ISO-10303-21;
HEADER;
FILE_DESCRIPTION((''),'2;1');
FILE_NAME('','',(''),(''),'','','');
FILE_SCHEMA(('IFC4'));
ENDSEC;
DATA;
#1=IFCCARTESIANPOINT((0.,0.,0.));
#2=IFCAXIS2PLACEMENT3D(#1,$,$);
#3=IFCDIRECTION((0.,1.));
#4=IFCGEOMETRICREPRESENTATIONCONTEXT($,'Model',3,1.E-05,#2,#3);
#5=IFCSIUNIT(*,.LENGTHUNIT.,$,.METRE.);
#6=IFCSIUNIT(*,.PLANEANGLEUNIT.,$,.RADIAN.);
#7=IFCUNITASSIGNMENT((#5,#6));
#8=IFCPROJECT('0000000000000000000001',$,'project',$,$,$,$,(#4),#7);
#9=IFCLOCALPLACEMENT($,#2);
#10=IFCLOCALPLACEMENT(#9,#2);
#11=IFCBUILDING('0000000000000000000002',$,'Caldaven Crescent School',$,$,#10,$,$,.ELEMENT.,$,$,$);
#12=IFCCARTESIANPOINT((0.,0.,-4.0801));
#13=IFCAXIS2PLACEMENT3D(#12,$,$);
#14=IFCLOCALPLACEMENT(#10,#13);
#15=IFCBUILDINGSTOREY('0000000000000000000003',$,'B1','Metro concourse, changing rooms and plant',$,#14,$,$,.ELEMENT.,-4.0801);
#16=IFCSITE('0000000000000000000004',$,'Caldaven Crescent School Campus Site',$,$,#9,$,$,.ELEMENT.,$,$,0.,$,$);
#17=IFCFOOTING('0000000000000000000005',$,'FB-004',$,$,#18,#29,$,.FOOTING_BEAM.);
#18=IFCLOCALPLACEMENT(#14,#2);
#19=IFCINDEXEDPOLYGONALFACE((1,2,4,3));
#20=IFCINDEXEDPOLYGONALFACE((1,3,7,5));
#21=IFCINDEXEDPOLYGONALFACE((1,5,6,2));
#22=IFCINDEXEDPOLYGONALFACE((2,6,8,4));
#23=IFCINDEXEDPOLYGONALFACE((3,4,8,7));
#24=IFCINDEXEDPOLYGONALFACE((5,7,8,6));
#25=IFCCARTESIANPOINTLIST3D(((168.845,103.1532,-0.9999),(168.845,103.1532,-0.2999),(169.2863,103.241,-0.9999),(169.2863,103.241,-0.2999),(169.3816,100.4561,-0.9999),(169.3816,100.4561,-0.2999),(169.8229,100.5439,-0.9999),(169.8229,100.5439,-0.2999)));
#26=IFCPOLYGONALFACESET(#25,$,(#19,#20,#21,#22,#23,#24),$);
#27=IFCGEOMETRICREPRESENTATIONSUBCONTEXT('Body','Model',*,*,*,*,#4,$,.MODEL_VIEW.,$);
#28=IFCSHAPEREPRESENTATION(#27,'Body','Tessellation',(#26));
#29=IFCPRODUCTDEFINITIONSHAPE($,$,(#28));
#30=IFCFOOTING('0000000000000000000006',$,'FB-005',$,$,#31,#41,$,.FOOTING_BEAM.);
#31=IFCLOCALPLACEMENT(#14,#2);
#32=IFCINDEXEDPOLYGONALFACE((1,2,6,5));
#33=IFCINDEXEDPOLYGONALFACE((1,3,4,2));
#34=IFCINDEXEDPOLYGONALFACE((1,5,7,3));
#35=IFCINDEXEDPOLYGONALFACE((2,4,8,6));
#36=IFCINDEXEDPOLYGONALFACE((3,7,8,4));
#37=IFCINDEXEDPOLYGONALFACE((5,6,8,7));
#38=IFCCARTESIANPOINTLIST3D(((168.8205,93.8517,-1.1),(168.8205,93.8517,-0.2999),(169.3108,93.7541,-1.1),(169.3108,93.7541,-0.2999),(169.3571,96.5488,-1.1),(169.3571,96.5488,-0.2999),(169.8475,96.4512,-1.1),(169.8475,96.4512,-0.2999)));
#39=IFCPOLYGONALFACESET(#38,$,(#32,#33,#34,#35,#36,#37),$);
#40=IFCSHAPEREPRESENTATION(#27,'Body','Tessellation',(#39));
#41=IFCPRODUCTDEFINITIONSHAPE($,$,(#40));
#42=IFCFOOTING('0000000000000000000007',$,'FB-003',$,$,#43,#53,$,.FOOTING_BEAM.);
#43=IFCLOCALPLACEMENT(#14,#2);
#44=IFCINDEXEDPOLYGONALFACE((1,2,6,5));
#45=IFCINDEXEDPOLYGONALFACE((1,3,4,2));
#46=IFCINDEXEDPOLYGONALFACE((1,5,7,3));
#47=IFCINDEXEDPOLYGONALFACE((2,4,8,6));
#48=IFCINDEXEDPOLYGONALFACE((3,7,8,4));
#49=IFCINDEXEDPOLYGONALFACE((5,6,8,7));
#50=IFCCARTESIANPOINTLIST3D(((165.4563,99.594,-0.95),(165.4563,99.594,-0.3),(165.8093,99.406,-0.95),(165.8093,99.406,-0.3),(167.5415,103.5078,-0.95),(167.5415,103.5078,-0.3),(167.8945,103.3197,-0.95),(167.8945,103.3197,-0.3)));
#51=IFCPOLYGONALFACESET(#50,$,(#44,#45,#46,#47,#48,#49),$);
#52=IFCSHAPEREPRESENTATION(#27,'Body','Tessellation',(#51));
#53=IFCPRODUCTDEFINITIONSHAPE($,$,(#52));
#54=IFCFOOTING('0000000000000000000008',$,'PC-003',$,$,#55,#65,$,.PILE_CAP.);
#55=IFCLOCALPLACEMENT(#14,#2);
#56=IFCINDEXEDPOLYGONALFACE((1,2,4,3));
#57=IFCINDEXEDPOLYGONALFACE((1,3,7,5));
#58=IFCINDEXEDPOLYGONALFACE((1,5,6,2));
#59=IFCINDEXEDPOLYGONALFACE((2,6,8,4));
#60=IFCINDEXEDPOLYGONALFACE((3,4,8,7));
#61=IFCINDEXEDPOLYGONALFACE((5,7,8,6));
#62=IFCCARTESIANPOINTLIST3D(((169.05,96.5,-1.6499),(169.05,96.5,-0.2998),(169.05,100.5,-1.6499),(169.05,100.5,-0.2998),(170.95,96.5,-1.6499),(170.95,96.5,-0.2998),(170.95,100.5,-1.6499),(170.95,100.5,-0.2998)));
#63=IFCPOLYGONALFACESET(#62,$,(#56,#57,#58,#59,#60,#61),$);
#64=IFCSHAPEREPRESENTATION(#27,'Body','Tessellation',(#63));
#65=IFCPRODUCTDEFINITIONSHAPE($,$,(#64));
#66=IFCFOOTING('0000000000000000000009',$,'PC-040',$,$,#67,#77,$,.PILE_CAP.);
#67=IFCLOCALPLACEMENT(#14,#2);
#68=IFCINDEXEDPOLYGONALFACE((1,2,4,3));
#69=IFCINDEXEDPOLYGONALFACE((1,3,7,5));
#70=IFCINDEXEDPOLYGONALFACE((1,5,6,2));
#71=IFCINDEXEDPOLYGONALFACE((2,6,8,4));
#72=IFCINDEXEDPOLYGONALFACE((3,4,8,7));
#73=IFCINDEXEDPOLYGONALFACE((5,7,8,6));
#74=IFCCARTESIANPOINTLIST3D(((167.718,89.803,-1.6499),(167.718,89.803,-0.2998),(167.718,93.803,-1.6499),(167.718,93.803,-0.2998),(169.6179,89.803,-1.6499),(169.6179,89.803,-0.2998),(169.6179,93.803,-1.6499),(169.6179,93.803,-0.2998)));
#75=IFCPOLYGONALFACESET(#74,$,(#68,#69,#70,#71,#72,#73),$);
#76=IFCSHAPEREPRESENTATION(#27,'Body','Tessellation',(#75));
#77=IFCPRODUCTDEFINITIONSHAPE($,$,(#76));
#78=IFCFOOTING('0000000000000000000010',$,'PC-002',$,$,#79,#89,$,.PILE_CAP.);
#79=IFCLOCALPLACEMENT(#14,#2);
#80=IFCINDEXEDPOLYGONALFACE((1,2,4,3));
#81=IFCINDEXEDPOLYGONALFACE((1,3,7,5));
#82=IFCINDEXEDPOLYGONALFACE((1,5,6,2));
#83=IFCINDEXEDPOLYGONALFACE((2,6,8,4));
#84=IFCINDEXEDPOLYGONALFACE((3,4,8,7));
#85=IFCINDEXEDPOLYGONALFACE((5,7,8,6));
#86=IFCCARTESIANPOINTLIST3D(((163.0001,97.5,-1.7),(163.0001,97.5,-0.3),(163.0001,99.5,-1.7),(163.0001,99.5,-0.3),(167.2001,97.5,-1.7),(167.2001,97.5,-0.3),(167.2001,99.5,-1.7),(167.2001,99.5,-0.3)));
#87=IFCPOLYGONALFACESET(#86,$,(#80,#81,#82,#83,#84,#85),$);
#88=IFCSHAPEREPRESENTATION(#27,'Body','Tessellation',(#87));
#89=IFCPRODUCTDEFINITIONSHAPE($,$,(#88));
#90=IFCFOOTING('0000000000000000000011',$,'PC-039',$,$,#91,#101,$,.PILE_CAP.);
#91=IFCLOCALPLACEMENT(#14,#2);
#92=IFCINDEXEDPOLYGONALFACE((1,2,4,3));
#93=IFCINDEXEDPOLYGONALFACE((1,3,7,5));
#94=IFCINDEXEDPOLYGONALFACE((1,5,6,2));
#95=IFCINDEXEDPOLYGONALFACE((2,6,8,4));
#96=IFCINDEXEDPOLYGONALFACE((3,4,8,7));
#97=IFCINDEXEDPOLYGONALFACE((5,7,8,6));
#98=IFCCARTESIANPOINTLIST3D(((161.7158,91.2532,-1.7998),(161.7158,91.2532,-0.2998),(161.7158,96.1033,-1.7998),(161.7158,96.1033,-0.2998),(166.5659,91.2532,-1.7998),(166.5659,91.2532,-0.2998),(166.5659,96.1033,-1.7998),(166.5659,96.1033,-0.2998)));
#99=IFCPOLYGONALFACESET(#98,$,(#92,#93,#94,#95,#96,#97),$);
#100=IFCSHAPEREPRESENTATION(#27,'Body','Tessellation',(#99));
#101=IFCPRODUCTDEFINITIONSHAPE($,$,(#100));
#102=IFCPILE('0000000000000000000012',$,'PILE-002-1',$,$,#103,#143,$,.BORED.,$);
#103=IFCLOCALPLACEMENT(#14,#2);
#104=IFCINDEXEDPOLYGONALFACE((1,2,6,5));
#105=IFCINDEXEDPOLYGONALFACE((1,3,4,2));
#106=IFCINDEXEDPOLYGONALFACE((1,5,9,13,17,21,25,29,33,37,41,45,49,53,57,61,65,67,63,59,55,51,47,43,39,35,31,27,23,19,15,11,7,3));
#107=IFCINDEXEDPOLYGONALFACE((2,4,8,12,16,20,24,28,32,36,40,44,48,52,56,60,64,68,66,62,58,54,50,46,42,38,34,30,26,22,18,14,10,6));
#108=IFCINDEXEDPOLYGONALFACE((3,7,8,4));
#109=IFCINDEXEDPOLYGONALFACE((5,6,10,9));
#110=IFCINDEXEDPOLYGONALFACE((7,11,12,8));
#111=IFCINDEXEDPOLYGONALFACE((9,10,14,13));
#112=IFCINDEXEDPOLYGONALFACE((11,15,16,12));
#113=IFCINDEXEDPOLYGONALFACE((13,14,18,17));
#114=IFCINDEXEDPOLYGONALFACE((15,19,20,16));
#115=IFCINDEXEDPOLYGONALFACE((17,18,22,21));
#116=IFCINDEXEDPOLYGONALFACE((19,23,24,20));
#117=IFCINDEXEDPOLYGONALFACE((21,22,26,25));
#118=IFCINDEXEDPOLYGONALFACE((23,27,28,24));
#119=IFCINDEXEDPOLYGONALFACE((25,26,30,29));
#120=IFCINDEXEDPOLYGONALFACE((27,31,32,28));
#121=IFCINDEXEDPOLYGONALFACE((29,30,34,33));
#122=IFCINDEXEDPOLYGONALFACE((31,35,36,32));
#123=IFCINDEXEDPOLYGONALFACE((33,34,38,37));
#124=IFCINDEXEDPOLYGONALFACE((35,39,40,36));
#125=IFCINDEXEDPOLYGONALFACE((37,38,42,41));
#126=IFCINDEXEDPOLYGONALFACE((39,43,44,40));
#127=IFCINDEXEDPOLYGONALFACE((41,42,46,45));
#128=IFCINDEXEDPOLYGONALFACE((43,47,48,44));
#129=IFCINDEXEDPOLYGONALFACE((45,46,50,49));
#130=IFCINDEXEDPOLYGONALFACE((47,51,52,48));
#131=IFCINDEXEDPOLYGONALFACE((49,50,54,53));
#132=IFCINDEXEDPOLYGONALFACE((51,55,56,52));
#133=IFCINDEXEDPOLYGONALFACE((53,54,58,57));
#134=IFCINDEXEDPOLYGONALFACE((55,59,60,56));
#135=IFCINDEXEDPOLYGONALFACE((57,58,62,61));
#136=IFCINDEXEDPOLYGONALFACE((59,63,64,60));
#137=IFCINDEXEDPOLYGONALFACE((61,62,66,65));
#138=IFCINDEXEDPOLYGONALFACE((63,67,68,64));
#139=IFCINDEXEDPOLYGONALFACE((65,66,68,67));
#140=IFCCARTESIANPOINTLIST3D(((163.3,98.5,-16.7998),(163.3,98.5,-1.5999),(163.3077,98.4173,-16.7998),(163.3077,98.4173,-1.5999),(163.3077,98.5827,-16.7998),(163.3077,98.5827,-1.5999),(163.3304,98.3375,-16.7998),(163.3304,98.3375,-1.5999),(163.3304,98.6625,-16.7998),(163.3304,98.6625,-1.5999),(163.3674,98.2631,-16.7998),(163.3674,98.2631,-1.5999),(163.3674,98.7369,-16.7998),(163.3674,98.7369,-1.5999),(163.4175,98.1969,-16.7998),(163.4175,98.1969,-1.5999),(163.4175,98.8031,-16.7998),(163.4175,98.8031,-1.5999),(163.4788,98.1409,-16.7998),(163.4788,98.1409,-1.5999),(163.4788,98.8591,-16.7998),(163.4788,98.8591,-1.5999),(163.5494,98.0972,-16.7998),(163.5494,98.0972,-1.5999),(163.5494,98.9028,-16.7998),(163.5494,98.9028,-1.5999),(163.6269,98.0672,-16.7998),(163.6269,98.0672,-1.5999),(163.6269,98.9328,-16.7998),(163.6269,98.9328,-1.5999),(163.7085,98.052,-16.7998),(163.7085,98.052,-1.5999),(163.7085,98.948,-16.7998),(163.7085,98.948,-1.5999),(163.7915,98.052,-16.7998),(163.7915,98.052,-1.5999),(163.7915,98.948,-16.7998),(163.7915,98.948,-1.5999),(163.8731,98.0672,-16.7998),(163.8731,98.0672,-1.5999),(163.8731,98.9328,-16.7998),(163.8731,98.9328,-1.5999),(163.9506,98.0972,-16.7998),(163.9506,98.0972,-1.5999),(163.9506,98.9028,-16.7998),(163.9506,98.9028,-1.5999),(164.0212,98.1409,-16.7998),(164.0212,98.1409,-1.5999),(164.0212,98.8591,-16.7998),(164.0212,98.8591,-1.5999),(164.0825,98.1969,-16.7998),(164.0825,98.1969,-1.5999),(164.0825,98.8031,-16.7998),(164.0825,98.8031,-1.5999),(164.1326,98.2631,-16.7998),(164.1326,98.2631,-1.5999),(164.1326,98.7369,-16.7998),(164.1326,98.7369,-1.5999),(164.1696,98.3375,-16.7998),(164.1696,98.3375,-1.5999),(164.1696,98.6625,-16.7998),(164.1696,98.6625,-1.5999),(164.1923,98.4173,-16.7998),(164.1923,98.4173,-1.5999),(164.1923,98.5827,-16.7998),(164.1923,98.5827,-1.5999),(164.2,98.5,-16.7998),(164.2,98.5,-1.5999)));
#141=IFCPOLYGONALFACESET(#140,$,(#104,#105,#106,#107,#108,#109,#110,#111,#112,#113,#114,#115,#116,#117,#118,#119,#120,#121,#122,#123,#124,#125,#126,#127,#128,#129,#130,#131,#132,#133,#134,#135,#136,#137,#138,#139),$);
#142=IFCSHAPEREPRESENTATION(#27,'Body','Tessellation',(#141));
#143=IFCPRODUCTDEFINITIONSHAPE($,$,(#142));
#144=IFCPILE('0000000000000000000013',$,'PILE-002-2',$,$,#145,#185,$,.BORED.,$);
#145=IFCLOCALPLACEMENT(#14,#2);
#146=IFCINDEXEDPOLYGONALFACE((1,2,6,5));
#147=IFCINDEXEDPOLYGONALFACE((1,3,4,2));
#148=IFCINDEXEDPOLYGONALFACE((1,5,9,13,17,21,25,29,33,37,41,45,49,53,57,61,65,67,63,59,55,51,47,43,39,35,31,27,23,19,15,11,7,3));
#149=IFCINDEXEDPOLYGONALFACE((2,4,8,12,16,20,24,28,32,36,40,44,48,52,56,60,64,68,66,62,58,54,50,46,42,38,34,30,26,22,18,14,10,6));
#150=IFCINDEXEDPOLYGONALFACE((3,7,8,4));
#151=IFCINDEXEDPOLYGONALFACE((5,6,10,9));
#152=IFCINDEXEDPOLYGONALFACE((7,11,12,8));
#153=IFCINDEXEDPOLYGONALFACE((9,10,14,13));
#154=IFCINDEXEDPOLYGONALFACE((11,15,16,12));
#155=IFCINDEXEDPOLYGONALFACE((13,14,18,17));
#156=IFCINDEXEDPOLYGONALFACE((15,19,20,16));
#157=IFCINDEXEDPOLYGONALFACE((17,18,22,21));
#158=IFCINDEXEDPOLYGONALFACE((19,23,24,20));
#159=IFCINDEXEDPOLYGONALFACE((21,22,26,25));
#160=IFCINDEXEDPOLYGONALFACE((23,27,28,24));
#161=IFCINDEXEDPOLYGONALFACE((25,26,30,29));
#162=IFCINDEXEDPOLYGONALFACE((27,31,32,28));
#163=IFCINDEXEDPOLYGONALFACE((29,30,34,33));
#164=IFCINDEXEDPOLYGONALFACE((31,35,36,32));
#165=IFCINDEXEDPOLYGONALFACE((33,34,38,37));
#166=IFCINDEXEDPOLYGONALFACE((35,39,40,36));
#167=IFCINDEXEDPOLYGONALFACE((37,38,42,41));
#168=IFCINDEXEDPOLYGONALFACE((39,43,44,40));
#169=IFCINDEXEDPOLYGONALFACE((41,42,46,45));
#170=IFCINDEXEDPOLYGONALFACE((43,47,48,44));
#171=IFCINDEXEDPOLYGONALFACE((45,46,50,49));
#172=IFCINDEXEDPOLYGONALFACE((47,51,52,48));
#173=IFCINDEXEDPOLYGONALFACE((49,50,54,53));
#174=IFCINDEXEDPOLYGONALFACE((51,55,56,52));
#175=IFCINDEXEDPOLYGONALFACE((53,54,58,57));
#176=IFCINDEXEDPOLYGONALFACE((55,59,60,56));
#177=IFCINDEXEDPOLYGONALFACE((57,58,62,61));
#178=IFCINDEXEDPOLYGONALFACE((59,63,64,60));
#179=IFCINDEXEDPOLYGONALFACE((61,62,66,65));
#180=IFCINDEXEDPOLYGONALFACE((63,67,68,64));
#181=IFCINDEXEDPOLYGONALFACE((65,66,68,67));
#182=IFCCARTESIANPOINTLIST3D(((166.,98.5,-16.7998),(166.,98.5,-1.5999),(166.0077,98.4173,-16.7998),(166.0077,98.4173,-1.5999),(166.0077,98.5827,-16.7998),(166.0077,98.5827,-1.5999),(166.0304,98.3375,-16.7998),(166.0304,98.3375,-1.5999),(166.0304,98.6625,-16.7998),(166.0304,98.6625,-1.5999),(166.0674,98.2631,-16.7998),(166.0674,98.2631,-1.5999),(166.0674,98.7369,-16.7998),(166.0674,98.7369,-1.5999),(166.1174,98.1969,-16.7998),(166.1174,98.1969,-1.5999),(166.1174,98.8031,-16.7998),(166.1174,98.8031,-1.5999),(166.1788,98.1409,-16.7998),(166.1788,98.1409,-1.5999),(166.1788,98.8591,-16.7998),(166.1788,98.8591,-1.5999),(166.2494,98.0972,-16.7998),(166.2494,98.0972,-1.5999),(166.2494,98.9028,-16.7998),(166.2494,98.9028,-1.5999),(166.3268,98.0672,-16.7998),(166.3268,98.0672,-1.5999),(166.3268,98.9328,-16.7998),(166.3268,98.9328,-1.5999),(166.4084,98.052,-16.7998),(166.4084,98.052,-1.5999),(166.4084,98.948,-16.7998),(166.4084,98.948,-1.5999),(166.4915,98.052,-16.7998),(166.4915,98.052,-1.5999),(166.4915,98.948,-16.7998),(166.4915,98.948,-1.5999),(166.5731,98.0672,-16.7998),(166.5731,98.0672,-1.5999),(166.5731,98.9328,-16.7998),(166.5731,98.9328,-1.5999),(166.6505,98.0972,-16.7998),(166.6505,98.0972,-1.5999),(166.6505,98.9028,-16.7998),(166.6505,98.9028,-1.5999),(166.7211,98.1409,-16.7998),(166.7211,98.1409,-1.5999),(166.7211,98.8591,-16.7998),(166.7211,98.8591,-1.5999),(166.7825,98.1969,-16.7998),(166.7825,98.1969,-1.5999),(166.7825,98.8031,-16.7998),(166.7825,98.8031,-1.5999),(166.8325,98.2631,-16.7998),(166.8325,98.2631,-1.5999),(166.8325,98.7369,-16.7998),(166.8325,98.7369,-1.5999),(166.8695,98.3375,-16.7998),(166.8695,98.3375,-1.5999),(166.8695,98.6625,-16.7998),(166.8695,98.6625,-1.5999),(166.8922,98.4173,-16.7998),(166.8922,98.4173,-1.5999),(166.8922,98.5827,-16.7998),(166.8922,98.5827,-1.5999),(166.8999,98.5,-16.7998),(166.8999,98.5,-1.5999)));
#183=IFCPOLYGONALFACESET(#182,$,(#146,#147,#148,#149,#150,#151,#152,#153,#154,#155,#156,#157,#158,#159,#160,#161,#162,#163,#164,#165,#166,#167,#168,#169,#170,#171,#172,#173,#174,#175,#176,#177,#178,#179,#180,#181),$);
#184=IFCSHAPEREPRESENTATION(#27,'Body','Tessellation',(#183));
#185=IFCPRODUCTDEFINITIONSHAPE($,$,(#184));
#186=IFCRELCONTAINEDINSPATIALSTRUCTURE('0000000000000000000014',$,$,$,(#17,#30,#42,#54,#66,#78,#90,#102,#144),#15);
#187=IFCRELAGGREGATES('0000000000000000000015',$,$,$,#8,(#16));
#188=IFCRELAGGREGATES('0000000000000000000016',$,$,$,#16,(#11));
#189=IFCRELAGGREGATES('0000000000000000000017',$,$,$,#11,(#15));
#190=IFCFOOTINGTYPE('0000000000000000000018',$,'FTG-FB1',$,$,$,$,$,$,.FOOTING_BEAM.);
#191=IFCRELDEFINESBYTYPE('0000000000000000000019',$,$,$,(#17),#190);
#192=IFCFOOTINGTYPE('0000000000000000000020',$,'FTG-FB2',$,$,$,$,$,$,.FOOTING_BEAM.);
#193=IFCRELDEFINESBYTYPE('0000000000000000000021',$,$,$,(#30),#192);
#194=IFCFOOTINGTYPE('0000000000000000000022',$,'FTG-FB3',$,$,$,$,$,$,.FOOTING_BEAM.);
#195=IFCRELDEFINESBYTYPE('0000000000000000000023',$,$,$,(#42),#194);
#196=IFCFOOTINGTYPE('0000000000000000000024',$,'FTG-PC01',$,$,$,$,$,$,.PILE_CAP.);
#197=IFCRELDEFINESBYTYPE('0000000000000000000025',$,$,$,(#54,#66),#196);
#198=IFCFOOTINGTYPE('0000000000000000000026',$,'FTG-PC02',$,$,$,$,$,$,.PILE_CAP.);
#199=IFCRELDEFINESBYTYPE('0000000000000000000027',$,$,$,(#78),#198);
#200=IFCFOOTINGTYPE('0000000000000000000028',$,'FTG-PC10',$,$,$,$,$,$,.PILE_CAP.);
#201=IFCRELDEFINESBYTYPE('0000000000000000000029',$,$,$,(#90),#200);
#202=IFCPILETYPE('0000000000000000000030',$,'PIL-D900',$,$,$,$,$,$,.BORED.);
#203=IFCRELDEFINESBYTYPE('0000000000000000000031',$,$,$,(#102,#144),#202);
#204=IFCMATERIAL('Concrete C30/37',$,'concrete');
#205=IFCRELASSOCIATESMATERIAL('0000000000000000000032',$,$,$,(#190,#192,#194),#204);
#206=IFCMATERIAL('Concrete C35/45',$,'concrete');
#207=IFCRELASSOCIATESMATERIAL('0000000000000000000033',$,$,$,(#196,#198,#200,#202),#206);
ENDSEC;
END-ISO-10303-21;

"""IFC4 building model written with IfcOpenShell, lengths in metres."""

from ifc_helpers import new_model, si_unit, direction, frame, origin, origin_2d, place, context, subcontext, project, spatial, rectangle, circle, extrude, material, material_profile, profile_set, type_object, element, save


model = new_model("IFC4")

# Units and contexts
model_context = context("Model", 3, precision=1e-05, world=origin(), true_north=direction((0.0, 1.0)))
body_context = subcontext(model_context, "Body", "Model", "MODEL_VIEW")
ifc_project = project(units=[si_unit("LENGTHUNIT", "METRE"), si_unit("PLANEANGLEUNIT", "RADIAN")], contexts=[model_context])

# Site, building, storey
site_placement = place(None, origin())
site = spatial("IfcSite", under=ifc_project, at=site_placement, Name="Caldaven Crescent School Campus Site", CompositionType="ELEMENT", RefElevation=0.0)
building_placement = place(site_placement, origin())
building = spatial("IfcBuilding", under=site, at=building_placement, Name="Caldaven Crescent School", CompositionType="ELEMENT")
storey_placement = place(building_placement, frame((0.0, 0.0, -4.0801)))
storey = spatial("IfcBuildingStorey", under=building, at=storey_placement, Name="B1", Description="Metro concourse, changing rooms and plant", CompositionType="ELEMENT", Elevation=-4.0801)

# Footings
ifc_material_1 = material(Name="Concrete C30/37", Category="concrete")
ifc_material_profile_1 = material_profile(ifc_material_1, rectangle(XDim=0.45, YDim=0.7, at=origin_2d()), Name="FB 450x700")
ifc_profile_set_1 = profile_set([ifc_material_profile_1], Name="Concrete C30/37")
footing_type_1 = type_object("IfcFootingType", Name="FTG-FB1", PredefinedType="FOOTING_BEAM", material=ifc_profile_set_1)
footing_1_placement = place(storey_placement, frame((169.6023, 100.5, -0.6499), z_axis=(-0.195143, 0.980775, 0.0), x_axis=(-0.980775, -0.195143, 0.0)))
element("IfcFooting", 1, at=footing_1_placement, inside=storey, type_object=footing_type_1, Name="FB-004", PredefinedType="FOOTING_BEAM", context=body_context, shape_type="SweptSolid", body=[
    extrude(rectangle(XDim=0.45, YDim=0.7, at=origin_2d()), origin(), (0.0, 0.0, 1.0), 2.75),
])
ifc_material_profile_2 = material_profile(ifc_material_1, rectangle(XDim=0.5, YDim=0.8, at=origin_2d()), Name="FB 500x800")
ifc_profile_set_2 = profile_set([ifc_material_profile_2], Name="Concrete C30/37")
footing_type_2 = type_object("IfcFootingType", Name="FTG-FB2", PredefinedType="FOOTING_BEAM", material=ifc_profile_set_2)
footing_2_placement = place(storey_placement, frame((169.6023, 96.5, -0.7), z_axis=(-0.195143, -0.980775, 0.0), x_axis=(0.980775, -0.195143, 0.0)))
element("IfcFooting", 2, at=footing_2_placement, inside=storey, type_object=footing_type_2, Name="FB-005", PredefinedType="FOOTING_BEAM", context=body_context, shape_type="SweptSolid", body=[
    extrude(rectangle(XDim=0.5, YDim=0.8, at=origin_2d()), origin(), (0.0, 0.0, 1.0), 2.75),
])
ifc_material_profile_3 = material_profile(ifc_material_1, rectangle(XDim=0.3999, YDim=0.6499, at=origin_2d()), Name="FB 400x650")
ifc_profile_set_3 = profile_set([ifc_material_profile_3], Name="Concrete C30/37")
footing_type_3 = type_object("IfcFootingType", Name="FTG-FB3", PredefinedType="FOOTING_BEAM", material=ifc_profile_set_3)
footing_3_placement = place(storey_placement, frame((165.6328, 99.5, -0.625), z_axis=(0.470208, 0.882556, 0.0), x_axis=(-0.882556, 0.470208, 0.0)))
element("IfcFooting", 3, at=footing_3_placement, inside=storey, type_object=footing_type_3, Name="FB-003", PredefinedType="FOOTING_BEAM", context=body_context, shape_type="SweptSolid", body=[
    extrude(rectangle(XDim=0.3999, YDim=0.6499, at=origin_2d()), origin(), (0.0, 0.0, 1.0), 4.4346),
])
ifc_material_2 = material(Name="Concrete C35/45", Category="concrete")
footing_type_4 = type_object("IfcFootingType", Name="FTG-PC01", PredefinedType="PILE_CAP", material=ifc_material_2)
for number, where, z_axis, x_axis, name in (
    (4, (170.0, 98.5, -1.6499), (0.0, 0.0, 1.0), (0.0, 1.0, 0.0), "PC-003"),
    (5, (168.668, 91.803, -1.6499), (0.0, 0.0, 1.0), (0.0, 1.0, 0.0), "PC-040"),
):
    element("IfcFooting", number, at=place(storey_placement, frame(where, z_axis=z_axis, x_axis=x_axis)), inside=storey, type_object=footing_type_4, Name=name, PredefinedType="PILE_CAP", context=body_context, shape_type="SweptSolid", body=[
        extrude(rectangle(XDim=4.0, YDim=1.8999, at=origin_2d()), origin(), (0.0, 0.0, 1.0), 1.3501),
    ])
footing_type_5 = type_object("IfcFootingType", Name="FTG-PC02", PredefinedType="PILE_CAP", material=ifc_material_2)
footing_4_placement = place(storey_placement, frame((165.1001, 98.5, -1.7), z_axis=(0.0, 0.0, 1.0), x_axis=(1.0, 0.0, 0.0)))
element("IfcFooting", 6, at=footing_4_placement, inside=storey, type_object=footing_type_5, Name="PC-002", PredefinedType="PILE_CAP", context=body_context, shape_type="SweptSolid", body=[
    extrude(rectangle(XDim=4.2, YDim=2.0, at=origin_2d()), origin(), (0.0, 0.0, 1.0), 1.3999),
])
footing_type_6 = type_object("IfcFootingType", Name="FTG-PC10", PredefinedType="PILE_CAP", material=ifc_material_2)
footing_5_placement = place(storey_placement, frame((164.1409, 93.6782, -1.7998), z_axis=(0.0, 0.0, 1.0), x_axis=(1.0, 0.0, 0.0)))
element("IfcFooting", 7, at=footing_5_placement, inside=storey, type_object=footing_type_6, Name="PC-039", PredefinedType="PILE_CAP", context=body_context, shape_type="SweptSolid", body=[
    extrude(rectangle(XDim=4.8501, YDim=4.8501, at=origin_2d()), origin(), (0.0, 0.0, 1.0), 1.5),
])

# Piles
ifc_material_profile_4 = material_profile(ifc_material_2, circle(Radius=0.45, at=origin_2d()), Name="PILE D900")
ifc_profile_set_4 = profile_set([ifc_material_profile_4], Name="Concrete C35/45")
pile_type = type_object("IfcPileType", Name="PIL-D900", PredefinedType="BORED", material=ifc_profile_set_4)
for number, where, z_axis, x_axis, name in (
    (8, (163.75, 98.5, -1.5999), (0.0, 0.0, -1.0), (1.0, 0.0, 0.0), "PILE-002-1"),
    (9, (166.45, 98.5, -1.5999), (0.0, 0.0, -1.0), (1.0, 0.0, 0.0), "PILE-002-2"),
):
    element("IfcPile", number, at=place(storey_placement, frame(where, z_axis=z_axis, x_axis=x_axis)), inside=storey, type_object=pile_type, Name=name, PredefinedType="BORED", context=body_context, shape_type="SweptSolid", body=[
        extrude(circle(Radius=0.45, at=origin_2d()), origin(), (0.0, 0.0, 1.0), 15.2),
    ])

save(model, "model.ifc")
